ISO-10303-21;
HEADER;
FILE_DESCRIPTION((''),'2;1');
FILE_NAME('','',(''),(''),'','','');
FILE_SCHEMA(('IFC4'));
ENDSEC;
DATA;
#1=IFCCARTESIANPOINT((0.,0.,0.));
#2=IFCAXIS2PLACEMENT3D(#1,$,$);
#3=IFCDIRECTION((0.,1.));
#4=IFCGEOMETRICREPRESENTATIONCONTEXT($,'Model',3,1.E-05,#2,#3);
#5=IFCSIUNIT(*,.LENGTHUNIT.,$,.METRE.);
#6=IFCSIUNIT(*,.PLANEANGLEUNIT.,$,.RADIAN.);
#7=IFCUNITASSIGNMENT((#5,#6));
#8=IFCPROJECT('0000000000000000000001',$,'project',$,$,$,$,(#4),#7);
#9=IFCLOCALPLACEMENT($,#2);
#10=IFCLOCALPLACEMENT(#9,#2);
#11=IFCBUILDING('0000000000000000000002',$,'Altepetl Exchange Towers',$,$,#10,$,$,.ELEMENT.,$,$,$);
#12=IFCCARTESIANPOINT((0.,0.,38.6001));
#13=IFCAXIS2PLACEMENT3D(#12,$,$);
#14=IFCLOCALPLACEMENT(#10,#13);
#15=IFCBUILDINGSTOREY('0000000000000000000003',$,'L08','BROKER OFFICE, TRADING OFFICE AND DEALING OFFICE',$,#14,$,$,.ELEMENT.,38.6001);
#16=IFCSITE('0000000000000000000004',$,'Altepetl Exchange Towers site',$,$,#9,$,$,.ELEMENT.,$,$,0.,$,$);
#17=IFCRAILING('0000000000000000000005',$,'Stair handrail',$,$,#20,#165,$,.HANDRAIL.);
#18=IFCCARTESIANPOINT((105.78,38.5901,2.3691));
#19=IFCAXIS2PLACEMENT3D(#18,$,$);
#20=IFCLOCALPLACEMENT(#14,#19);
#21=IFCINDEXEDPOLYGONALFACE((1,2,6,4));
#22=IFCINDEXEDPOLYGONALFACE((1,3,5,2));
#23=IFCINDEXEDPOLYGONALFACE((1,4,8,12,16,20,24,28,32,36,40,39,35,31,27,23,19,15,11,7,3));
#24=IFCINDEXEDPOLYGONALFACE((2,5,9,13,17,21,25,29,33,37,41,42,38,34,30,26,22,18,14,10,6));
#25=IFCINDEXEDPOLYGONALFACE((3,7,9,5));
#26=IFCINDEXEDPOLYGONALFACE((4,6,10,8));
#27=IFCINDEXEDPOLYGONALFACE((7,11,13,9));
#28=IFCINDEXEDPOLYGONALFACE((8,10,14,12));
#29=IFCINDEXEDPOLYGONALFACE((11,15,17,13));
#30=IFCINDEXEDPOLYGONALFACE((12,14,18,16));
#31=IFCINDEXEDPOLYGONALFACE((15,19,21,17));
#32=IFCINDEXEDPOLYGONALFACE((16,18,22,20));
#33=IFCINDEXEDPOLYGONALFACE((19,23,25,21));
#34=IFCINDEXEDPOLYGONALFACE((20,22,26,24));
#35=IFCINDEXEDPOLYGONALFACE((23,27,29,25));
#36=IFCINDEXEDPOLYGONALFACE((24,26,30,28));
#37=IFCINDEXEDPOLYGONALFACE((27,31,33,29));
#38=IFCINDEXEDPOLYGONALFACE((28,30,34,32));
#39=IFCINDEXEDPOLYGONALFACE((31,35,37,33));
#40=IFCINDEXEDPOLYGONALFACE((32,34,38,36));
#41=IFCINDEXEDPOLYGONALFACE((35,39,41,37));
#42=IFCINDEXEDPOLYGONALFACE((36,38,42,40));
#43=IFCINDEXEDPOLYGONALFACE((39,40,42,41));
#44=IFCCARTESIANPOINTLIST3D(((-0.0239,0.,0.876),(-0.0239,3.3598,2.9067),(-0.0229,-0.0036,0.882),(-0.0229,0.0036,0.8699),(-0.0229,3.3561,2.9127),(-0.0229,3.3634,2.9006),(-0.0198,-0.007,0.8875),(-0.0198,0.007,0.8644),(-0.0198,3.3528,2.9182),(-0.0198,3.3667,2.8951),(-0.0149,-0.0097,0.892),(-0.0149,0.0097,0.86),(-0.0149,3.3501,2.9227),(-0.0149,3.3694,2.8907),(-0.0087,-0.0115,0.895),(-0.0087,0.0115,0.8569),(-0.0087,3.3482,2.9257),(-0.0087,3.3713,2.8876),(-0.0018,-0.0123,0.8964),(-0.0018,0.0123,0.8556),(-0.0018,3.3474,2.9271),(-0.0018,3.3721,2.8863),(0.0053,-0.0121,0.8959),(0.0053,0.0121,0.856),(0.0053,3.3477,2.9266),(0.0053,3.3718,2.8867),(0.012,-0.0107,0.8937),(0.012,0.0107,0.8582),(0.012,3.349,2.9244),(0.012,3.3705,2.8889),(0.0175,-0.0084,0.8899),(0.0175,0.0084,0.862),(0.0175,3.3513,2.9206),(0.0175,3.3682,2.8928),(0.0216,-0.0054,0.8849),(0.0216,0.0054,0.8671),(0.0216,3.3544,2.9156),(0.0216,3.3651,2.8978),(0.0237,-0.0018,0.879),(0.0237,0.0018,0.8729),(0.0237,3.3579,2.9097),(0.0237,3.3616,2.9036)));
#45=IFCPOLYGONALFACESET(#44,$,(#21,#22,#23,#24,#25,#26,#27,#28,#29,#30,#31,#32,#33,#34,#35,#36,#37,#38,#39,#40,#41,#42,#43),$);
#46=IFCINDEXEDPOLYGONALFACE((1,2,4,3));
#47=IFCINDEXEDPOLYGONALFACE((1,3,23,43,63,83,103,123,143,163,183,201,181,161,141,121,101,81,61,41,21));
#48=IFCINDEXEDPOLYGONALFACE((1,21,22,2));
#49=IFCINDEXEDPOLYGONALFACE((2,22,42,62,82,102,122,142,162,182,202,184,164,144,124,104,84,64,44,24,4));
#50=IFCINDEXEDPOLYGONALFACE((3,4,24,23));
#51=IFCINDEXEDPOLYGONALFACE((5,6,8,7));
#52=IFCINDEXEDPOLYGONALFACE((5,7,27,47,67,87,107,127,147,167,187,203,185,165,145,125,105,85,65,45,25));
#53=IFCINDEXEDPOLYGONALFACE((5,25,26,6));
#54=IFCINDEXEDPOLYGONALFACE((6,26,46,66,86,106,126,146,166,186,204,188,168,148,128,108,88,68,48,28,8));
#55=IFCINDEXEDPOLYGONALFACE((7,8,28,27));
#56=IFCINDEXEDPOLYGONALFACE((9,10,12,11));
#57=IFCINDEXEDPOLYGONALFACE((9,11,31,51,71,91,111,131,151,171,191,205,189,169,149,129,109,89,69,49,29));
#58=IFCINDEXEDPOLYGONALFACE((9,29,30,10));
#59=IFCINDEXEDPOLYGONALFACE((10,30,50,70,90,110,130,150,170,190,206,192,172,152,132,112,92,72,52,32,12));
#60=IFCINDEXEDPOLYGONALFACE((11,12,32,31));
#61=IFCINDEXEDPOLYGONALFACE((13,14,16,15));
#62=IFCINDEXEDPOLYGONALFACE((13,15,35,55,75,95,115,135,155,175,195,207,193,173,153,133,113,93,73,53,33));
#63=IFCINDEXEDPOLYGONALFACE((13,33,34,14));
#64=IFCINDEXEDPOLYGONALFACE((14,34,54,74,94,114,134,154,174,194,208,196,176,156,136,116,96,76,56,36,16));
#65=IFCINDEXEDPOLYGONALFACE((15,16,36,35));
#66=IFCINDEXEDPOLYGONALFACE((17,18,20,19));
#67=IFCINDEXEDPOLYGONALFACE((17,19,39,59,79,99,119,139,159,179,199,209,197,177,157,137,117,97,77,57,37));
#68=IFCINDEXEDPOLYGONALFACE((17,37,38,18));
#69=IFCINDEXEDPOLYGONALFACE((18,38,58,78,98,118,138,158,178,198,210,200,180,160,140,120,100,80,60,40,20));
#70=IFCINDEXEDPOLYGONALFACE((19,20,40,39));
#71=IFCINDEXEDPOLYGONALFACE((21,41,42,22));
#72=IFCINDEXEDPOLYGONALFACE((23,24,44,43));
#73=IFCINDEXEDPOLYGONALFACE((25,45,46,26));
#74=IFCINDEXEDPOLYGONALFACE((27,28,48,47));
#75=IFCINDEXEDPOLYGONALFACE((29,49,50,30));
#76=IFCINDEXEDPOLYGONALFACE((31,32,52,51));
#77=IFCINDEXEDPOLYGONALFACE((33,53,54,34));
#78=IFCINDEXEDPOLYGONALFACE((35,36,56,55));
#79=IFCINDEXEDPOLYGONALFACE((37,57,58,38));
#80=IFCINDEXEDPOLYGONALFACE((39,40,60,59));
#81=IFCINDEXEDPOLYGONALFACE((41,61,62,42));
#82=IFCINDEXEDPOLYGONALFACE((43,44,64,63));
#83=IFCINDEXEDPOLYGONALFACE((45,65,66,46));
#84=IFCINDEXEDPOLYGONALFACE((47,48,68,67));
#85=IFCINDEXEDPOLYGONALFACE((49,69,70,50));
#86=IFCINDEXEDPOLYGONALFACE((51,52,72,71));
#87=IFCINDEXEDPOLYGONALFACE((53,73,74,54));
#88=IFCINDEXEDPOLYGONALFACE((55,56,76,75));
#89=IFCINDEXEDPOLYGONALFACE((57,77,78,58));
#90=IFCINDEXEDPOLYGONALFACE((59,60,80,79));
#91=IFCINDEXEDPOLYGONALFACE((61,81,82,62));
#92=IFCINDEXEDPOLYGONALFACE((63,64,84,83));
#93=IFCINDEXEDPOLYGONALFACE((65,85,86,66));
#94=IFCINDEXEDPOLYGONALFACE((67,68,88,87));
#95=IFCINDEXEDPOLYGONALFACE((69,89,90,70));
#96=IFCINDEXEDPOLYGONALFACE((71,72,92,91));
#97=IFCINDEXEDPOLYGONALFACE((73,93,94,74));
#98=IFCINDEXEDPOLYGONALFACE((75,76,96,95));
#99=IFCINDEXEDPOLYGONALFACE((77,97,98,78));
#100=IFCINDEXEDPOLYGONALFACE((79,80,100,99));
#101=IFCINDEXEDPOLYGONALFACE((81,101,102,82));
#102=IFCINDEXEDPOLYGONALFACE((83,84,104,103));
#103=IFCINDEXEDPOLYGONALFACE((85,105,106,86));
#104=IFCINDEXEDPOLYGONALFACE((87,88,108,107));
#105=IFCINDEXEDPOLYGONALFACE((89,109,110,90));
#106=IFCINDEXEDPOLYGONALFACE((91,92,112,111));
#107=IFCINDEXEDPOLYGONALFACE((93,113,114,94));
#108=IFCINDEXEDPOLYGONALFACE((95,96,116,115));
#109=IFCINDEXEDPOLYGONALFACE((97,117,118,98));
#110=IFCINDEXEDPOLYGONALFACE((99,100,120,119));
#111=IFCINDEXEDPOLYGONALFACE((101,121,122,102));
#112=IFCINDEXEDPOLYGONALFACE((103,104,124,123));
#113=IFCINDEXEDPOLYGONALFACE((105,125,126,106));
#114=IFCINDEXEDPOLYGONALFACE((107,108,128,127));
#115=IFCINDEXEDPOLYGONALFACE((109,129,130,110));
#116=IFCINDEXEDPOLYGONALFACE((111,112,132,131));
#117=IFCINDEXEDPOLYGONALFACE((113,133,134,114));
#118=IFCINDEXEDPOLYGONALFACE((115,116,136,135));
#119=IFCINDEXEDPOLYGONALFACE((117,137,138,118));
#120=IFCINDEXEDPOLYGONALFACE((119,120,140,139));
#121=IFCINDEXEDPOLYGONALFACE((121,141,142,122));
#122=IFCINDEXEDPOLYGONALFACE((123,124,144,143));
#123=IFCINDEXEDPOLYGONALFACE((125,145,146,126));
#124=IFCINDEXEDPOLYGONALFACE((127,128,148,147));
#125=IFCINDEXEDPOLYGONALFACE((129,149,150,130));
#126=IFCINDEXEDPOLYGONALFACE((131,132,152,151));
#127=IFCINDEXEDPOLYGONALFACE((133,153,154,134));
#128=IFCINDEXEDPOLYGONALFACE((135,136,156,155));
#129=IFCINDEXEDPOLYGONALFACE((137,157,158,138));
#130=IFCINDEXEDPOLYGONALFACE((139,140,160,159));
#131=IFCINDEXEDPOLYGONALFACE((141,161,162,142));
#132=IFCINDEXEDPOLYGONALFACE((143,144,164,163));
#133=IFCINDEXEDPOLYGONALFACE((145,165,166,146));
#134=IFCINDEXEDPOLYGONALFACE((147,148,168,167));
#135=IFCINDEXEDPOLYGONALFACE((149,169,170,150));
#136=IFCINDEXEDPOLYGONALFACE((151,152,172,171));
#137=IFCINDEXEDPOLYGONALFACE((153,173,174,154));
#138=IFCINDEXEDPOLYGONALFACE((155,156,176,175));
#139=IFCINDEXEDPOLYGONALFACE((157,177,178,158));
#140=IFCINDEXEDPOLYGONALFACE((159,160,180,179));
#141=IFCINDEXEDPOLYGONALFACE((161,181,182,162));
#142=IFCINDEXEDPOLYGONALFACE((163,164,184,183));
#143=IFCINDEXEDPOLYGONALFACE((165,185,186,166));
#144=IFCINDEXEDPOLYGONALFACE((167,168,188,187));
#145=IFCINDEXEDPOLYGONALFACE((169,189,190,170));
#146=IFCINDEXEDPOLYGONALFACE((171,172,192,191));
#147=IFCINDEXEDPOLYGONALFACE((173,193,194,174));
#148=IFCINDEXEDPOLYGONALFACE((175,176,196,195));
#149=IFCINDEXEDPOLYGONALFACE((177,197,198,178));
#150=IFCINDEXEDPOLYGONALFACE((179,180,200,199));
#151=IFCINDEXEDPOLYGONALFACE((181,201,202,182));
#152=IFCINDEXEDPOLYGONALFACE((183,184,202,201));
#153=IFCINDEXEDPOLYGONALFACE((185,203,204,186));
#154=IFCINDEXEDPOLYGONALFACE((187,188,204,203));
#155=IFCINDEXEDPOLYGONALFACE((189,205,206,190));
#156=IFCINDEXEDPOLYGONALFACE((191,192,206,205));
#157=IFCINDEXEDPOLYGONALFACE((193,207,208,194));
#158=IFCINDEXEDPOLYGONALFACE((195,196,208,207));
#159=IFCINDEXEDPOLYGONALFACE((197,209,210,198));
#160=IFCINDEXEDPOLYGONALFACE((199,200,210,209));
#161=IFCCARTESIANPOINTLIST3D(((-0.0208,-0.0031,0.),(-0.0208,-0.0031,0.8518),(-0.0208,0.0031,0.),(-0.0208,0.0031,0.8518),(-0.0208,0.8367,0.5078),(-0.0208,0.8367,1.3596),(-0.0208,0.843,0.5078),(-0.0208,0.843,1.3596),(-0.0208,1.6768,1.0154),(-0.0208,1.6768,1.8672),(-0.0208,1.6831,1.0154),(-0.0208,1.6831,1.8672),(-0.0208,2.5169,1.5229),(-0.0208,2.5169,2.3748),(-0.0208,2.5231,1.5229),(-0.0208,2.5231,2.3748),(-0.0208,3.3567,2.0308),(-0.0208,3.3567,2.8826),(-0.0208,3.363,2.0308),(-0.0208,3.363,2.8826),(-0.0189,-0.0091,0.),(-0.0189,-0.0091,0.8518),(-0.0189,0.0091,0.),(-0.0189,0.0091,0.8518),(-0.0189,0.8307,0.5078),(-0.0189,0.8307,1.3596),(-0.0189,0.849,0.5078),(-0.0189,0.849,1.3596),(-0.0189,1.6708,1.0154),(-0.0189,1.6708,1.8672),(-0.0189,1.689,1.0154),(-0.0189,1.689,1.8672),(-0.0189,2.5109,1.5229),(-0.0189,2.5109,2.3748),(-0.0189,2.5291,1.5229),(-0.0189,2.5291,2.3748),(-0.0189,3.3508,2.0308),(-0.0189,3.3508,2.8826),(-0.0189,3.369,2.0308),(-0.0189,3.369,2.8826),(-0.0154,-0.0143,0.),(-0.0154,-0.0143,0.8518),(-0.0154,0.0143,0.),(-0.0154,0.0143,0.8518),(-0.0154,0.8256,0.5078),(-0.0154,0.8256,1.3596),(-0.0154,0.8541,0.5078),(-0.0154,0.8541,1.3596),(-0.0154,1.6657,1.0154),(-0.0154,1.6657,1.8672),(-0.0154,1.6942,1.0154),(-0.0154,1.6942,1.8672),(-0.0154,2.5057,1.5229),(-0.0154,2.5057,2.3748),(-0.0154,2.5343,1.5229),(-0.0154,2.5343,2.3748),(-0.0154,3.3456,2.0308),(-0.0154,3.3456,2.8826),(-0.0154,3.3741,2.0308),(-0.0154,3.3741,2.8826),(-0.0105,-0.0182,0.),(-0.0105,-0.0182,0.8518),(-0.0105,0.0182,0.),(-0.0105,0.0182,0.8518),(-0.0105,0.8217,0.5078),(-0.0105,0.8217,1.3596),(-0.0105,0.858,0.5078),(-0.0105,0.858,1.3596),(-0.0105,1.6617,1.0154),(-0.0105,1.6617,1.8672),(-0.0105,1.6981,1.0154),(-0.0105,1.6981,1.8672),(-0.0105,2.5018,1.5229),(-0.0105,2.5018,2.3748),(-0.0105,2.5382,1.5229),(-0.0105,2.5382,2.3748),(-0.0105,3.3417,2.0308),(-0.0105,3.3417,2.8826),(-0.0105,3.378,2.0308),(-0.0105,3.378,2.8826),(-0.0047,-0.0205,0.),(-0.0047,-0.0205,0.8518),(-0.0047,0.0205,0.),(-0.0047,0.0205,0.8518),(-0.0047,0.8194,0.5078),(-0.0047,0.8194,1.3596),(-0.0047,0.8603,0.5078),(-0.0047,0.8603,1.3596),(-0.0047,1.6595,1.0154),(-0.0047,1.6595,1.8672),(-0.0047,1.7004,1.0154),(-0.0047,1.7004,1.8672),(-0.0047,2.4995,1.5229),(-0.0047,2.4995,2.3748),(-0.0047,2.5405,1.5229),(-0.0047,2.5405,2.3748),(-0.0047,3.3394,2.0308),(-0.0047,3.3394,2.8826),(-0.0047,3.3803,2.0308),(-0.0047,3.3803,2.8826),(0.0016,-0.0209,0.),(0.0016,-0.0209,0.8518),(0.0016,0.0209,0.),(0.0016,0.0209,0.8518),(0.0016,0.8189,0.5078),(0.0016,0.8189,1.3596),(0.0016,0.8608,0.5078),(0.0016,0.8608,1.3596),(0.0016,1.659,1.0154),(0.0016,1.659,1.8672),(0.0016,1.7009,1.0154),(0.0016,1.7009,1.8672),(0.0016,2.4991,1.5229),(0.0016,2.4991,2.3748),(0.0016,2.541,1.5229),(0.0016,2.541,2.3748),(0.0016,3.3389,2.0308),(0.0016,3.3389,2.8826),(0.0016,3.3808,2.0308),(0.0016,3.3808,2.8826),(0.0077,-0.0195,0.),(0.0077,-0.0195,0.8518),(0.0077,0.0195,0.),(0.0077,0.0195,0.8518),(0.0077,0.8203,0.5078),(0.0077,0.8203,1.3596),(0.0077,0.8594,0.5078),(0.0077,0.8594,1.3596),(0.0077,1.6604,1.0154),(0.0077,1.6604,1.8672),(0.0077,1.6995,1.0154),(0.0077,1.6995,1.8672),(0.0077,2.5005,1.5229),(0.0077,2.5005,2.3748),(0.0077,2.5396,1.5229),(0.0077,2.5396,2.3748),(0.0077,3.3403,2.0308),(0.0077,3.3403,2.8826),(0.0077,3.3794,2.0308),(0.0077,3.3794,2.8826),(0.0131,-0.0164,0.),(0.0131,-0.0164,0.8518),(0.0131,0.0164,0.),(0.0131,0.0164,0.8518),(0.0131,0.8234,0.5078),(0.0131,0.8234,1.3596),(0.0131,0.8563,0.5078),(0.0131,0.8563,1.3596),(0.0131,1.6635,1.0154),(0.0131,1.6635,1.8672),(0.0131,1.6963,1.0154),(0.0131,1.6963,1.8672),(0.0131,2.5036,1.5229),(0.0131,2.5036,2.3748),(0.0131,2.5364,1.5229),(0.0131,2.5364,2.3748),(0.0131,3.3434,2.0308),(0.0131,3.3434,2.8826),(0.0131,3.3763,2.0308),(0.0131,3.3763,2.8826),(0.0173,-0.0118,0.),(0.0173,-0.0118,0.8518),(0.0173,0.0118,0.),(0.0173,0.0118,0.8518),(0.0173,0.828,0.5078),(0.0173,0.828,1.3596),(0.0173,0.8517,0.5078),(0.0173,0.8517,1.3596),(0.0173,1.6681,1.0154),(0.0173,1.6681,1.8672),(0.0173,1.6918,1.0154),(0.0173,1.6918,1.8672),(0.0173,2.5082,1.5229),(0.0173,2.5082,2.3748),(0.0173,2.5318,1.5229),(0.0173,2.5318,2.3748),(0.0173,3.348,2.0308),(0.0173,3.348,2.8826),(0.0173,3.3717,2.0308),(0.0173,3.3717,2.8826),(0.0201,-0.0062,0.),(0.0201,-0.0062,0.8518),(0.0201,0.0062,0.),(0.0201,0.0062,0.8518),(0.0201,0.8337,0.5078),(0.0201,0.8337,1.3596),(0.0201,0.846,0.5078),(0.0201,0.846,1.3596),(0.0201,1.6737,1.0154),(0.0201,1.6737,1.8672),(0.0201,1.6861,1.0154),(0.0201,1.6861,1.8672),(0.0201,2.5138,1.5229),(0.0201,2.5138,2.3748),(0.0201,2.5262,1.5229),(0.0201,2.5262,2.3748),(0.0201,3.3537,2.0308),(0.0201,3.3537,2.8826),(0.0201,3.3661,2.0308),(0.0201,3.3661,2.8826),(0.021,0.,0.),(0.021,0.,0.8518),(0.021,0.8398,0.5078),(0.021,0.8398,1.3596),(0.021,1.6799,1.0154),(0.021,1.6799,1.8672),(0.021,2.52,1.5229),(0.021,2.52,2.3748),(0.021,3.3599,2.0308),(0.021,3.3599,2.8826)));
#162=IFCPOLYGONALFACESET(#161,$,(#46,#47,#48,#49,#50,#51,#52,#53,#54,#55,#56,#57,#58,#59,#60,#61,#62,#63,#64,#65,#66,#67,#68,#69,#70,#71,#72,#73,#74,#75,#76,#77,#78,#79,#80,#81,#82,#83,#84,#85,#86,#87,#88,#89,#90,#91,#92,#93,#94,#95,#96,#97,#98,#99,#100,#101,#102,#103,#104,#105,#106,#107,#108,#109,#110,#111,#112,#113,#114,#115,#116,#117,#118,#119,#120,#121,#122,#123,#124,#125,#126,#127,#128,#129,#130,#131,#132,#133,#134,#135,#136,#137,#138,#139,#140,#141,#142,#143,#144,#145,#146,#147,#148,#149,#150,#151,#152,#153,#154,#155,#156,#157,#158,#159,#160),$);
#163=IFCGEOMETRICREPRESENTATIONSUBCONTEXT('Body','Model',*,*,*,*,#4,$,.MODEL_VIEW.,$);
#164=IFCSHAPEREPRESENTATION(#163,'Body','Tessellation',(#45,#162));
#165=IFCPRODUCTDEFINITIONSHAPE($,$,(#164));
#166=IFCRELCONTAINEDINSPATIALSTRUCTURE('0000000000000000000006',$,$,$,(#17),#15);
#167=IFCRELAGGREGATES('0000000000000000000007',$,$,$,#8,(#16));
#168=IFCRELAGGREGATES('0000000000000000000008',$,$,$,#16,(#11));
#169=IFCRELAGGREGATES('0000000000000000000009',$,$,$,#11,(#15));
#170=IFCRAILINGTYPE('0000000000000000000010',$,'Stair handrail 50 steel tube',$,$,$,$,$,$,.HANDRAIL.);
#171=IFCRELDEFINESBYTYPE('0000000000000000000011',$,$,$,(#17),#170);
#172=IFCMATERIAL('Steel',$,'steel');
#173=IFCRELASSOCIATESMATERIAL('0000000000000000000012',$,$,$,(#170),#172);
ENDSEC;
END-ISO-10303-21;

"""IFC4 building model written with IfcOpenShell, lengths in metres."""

from ifc_helpers import new_model, si_unit, direction, frame, origin, origin_2d, place, context, subcontext, project, spatial, circle, extrude, source, transform, mapped, material, type_object, element, save


model = new_model("IFC4")

# Units and contexts
model_context = context("Model", 3, precision=1e-05, world=origin(), true_north=direction((0.0, 1.0)))
body_context = subcontext(model_context, "Body", "Model", "MODEL_VIEW")
ifc_project = project(units=[si_unit("LENGTHUNIT", "METRE"), si_unit("PLANEANGLEUNIT", "RADIAN")], contexts=[model_context])

# Site, building, storey
site_placement = place(None, origin())
site = spatial("IfcSite", under=ifc_project, at=site_placement, Name="Altepetl Exchange Towers site", CompositionType="ELEMENT", RefElevation=0.0)
building_placement = place(site_placement, origin())
building = spatial("IfcBuilding", under=site, at=building_placement, Name="Altepetl Exchange Towers", CompositionType="ELEMENT")
storey_placement = place(building_placement, frame((0.0, 0.0, 38.6001)))
storey = spatial("IfcBuildingStorey", under=building, at=storey_placement, Name="L08", Description="BROKER OFFICE, TRADING OFFICE AND DEALING OFFICE", CompositionType="ELEMENT", Elevation=38.6001)

# Railing
ifc_material_1 = material(Name="Steel", Category="steel")
railing_type = type_object("IfcRailingType", Name="Stair handrail 50 steel tube", PredefinedType="HANDRAIL", material=ifc_material_1)
shared_shape = source(origin(), body_context, "Body", "SweptSolid", [
    extrude(circle(Radius=0.021, at=origin_2d()), origin(), (0.0, 0.0, 1.0), 0.8518),
])
railing_placement = place(storey_placement, frame((105.78, 38.5901, 2.3691)))
element("IfcRailing", 1, at=railing_placement, inside=storey, type_object=railing_type, Name="Stair handrail", PredefinedType="HANDRAIL", context=body_context, shape_type="SweptSolid", body=[
    extrude(circle(Radius=0.0239, at=origin_2d()), frame((0.0, 0.0, 0.876), z_axis=(0.0, 0.85582, 0.517273), x_axis=(-1.0, 0.0, 0.0)), (0.0, 0.0, 1.0), 3.9258),
    mapped(shared_shape, transform((0.0, 0.0, 0.0))),
    mapped(shared_shape, transform((0.0, 0.8398, 0.5078))),
    mapped(shared_shape, transform((0.0, 1.6799, 1.0154))),
    mapped(shared_shape, transform((0.0, 2.52, 1.5229))),
    mapped(shared_shape, transform((0.0, 3.3599, 2.0308))),
])

save(model, "model.ifc")
